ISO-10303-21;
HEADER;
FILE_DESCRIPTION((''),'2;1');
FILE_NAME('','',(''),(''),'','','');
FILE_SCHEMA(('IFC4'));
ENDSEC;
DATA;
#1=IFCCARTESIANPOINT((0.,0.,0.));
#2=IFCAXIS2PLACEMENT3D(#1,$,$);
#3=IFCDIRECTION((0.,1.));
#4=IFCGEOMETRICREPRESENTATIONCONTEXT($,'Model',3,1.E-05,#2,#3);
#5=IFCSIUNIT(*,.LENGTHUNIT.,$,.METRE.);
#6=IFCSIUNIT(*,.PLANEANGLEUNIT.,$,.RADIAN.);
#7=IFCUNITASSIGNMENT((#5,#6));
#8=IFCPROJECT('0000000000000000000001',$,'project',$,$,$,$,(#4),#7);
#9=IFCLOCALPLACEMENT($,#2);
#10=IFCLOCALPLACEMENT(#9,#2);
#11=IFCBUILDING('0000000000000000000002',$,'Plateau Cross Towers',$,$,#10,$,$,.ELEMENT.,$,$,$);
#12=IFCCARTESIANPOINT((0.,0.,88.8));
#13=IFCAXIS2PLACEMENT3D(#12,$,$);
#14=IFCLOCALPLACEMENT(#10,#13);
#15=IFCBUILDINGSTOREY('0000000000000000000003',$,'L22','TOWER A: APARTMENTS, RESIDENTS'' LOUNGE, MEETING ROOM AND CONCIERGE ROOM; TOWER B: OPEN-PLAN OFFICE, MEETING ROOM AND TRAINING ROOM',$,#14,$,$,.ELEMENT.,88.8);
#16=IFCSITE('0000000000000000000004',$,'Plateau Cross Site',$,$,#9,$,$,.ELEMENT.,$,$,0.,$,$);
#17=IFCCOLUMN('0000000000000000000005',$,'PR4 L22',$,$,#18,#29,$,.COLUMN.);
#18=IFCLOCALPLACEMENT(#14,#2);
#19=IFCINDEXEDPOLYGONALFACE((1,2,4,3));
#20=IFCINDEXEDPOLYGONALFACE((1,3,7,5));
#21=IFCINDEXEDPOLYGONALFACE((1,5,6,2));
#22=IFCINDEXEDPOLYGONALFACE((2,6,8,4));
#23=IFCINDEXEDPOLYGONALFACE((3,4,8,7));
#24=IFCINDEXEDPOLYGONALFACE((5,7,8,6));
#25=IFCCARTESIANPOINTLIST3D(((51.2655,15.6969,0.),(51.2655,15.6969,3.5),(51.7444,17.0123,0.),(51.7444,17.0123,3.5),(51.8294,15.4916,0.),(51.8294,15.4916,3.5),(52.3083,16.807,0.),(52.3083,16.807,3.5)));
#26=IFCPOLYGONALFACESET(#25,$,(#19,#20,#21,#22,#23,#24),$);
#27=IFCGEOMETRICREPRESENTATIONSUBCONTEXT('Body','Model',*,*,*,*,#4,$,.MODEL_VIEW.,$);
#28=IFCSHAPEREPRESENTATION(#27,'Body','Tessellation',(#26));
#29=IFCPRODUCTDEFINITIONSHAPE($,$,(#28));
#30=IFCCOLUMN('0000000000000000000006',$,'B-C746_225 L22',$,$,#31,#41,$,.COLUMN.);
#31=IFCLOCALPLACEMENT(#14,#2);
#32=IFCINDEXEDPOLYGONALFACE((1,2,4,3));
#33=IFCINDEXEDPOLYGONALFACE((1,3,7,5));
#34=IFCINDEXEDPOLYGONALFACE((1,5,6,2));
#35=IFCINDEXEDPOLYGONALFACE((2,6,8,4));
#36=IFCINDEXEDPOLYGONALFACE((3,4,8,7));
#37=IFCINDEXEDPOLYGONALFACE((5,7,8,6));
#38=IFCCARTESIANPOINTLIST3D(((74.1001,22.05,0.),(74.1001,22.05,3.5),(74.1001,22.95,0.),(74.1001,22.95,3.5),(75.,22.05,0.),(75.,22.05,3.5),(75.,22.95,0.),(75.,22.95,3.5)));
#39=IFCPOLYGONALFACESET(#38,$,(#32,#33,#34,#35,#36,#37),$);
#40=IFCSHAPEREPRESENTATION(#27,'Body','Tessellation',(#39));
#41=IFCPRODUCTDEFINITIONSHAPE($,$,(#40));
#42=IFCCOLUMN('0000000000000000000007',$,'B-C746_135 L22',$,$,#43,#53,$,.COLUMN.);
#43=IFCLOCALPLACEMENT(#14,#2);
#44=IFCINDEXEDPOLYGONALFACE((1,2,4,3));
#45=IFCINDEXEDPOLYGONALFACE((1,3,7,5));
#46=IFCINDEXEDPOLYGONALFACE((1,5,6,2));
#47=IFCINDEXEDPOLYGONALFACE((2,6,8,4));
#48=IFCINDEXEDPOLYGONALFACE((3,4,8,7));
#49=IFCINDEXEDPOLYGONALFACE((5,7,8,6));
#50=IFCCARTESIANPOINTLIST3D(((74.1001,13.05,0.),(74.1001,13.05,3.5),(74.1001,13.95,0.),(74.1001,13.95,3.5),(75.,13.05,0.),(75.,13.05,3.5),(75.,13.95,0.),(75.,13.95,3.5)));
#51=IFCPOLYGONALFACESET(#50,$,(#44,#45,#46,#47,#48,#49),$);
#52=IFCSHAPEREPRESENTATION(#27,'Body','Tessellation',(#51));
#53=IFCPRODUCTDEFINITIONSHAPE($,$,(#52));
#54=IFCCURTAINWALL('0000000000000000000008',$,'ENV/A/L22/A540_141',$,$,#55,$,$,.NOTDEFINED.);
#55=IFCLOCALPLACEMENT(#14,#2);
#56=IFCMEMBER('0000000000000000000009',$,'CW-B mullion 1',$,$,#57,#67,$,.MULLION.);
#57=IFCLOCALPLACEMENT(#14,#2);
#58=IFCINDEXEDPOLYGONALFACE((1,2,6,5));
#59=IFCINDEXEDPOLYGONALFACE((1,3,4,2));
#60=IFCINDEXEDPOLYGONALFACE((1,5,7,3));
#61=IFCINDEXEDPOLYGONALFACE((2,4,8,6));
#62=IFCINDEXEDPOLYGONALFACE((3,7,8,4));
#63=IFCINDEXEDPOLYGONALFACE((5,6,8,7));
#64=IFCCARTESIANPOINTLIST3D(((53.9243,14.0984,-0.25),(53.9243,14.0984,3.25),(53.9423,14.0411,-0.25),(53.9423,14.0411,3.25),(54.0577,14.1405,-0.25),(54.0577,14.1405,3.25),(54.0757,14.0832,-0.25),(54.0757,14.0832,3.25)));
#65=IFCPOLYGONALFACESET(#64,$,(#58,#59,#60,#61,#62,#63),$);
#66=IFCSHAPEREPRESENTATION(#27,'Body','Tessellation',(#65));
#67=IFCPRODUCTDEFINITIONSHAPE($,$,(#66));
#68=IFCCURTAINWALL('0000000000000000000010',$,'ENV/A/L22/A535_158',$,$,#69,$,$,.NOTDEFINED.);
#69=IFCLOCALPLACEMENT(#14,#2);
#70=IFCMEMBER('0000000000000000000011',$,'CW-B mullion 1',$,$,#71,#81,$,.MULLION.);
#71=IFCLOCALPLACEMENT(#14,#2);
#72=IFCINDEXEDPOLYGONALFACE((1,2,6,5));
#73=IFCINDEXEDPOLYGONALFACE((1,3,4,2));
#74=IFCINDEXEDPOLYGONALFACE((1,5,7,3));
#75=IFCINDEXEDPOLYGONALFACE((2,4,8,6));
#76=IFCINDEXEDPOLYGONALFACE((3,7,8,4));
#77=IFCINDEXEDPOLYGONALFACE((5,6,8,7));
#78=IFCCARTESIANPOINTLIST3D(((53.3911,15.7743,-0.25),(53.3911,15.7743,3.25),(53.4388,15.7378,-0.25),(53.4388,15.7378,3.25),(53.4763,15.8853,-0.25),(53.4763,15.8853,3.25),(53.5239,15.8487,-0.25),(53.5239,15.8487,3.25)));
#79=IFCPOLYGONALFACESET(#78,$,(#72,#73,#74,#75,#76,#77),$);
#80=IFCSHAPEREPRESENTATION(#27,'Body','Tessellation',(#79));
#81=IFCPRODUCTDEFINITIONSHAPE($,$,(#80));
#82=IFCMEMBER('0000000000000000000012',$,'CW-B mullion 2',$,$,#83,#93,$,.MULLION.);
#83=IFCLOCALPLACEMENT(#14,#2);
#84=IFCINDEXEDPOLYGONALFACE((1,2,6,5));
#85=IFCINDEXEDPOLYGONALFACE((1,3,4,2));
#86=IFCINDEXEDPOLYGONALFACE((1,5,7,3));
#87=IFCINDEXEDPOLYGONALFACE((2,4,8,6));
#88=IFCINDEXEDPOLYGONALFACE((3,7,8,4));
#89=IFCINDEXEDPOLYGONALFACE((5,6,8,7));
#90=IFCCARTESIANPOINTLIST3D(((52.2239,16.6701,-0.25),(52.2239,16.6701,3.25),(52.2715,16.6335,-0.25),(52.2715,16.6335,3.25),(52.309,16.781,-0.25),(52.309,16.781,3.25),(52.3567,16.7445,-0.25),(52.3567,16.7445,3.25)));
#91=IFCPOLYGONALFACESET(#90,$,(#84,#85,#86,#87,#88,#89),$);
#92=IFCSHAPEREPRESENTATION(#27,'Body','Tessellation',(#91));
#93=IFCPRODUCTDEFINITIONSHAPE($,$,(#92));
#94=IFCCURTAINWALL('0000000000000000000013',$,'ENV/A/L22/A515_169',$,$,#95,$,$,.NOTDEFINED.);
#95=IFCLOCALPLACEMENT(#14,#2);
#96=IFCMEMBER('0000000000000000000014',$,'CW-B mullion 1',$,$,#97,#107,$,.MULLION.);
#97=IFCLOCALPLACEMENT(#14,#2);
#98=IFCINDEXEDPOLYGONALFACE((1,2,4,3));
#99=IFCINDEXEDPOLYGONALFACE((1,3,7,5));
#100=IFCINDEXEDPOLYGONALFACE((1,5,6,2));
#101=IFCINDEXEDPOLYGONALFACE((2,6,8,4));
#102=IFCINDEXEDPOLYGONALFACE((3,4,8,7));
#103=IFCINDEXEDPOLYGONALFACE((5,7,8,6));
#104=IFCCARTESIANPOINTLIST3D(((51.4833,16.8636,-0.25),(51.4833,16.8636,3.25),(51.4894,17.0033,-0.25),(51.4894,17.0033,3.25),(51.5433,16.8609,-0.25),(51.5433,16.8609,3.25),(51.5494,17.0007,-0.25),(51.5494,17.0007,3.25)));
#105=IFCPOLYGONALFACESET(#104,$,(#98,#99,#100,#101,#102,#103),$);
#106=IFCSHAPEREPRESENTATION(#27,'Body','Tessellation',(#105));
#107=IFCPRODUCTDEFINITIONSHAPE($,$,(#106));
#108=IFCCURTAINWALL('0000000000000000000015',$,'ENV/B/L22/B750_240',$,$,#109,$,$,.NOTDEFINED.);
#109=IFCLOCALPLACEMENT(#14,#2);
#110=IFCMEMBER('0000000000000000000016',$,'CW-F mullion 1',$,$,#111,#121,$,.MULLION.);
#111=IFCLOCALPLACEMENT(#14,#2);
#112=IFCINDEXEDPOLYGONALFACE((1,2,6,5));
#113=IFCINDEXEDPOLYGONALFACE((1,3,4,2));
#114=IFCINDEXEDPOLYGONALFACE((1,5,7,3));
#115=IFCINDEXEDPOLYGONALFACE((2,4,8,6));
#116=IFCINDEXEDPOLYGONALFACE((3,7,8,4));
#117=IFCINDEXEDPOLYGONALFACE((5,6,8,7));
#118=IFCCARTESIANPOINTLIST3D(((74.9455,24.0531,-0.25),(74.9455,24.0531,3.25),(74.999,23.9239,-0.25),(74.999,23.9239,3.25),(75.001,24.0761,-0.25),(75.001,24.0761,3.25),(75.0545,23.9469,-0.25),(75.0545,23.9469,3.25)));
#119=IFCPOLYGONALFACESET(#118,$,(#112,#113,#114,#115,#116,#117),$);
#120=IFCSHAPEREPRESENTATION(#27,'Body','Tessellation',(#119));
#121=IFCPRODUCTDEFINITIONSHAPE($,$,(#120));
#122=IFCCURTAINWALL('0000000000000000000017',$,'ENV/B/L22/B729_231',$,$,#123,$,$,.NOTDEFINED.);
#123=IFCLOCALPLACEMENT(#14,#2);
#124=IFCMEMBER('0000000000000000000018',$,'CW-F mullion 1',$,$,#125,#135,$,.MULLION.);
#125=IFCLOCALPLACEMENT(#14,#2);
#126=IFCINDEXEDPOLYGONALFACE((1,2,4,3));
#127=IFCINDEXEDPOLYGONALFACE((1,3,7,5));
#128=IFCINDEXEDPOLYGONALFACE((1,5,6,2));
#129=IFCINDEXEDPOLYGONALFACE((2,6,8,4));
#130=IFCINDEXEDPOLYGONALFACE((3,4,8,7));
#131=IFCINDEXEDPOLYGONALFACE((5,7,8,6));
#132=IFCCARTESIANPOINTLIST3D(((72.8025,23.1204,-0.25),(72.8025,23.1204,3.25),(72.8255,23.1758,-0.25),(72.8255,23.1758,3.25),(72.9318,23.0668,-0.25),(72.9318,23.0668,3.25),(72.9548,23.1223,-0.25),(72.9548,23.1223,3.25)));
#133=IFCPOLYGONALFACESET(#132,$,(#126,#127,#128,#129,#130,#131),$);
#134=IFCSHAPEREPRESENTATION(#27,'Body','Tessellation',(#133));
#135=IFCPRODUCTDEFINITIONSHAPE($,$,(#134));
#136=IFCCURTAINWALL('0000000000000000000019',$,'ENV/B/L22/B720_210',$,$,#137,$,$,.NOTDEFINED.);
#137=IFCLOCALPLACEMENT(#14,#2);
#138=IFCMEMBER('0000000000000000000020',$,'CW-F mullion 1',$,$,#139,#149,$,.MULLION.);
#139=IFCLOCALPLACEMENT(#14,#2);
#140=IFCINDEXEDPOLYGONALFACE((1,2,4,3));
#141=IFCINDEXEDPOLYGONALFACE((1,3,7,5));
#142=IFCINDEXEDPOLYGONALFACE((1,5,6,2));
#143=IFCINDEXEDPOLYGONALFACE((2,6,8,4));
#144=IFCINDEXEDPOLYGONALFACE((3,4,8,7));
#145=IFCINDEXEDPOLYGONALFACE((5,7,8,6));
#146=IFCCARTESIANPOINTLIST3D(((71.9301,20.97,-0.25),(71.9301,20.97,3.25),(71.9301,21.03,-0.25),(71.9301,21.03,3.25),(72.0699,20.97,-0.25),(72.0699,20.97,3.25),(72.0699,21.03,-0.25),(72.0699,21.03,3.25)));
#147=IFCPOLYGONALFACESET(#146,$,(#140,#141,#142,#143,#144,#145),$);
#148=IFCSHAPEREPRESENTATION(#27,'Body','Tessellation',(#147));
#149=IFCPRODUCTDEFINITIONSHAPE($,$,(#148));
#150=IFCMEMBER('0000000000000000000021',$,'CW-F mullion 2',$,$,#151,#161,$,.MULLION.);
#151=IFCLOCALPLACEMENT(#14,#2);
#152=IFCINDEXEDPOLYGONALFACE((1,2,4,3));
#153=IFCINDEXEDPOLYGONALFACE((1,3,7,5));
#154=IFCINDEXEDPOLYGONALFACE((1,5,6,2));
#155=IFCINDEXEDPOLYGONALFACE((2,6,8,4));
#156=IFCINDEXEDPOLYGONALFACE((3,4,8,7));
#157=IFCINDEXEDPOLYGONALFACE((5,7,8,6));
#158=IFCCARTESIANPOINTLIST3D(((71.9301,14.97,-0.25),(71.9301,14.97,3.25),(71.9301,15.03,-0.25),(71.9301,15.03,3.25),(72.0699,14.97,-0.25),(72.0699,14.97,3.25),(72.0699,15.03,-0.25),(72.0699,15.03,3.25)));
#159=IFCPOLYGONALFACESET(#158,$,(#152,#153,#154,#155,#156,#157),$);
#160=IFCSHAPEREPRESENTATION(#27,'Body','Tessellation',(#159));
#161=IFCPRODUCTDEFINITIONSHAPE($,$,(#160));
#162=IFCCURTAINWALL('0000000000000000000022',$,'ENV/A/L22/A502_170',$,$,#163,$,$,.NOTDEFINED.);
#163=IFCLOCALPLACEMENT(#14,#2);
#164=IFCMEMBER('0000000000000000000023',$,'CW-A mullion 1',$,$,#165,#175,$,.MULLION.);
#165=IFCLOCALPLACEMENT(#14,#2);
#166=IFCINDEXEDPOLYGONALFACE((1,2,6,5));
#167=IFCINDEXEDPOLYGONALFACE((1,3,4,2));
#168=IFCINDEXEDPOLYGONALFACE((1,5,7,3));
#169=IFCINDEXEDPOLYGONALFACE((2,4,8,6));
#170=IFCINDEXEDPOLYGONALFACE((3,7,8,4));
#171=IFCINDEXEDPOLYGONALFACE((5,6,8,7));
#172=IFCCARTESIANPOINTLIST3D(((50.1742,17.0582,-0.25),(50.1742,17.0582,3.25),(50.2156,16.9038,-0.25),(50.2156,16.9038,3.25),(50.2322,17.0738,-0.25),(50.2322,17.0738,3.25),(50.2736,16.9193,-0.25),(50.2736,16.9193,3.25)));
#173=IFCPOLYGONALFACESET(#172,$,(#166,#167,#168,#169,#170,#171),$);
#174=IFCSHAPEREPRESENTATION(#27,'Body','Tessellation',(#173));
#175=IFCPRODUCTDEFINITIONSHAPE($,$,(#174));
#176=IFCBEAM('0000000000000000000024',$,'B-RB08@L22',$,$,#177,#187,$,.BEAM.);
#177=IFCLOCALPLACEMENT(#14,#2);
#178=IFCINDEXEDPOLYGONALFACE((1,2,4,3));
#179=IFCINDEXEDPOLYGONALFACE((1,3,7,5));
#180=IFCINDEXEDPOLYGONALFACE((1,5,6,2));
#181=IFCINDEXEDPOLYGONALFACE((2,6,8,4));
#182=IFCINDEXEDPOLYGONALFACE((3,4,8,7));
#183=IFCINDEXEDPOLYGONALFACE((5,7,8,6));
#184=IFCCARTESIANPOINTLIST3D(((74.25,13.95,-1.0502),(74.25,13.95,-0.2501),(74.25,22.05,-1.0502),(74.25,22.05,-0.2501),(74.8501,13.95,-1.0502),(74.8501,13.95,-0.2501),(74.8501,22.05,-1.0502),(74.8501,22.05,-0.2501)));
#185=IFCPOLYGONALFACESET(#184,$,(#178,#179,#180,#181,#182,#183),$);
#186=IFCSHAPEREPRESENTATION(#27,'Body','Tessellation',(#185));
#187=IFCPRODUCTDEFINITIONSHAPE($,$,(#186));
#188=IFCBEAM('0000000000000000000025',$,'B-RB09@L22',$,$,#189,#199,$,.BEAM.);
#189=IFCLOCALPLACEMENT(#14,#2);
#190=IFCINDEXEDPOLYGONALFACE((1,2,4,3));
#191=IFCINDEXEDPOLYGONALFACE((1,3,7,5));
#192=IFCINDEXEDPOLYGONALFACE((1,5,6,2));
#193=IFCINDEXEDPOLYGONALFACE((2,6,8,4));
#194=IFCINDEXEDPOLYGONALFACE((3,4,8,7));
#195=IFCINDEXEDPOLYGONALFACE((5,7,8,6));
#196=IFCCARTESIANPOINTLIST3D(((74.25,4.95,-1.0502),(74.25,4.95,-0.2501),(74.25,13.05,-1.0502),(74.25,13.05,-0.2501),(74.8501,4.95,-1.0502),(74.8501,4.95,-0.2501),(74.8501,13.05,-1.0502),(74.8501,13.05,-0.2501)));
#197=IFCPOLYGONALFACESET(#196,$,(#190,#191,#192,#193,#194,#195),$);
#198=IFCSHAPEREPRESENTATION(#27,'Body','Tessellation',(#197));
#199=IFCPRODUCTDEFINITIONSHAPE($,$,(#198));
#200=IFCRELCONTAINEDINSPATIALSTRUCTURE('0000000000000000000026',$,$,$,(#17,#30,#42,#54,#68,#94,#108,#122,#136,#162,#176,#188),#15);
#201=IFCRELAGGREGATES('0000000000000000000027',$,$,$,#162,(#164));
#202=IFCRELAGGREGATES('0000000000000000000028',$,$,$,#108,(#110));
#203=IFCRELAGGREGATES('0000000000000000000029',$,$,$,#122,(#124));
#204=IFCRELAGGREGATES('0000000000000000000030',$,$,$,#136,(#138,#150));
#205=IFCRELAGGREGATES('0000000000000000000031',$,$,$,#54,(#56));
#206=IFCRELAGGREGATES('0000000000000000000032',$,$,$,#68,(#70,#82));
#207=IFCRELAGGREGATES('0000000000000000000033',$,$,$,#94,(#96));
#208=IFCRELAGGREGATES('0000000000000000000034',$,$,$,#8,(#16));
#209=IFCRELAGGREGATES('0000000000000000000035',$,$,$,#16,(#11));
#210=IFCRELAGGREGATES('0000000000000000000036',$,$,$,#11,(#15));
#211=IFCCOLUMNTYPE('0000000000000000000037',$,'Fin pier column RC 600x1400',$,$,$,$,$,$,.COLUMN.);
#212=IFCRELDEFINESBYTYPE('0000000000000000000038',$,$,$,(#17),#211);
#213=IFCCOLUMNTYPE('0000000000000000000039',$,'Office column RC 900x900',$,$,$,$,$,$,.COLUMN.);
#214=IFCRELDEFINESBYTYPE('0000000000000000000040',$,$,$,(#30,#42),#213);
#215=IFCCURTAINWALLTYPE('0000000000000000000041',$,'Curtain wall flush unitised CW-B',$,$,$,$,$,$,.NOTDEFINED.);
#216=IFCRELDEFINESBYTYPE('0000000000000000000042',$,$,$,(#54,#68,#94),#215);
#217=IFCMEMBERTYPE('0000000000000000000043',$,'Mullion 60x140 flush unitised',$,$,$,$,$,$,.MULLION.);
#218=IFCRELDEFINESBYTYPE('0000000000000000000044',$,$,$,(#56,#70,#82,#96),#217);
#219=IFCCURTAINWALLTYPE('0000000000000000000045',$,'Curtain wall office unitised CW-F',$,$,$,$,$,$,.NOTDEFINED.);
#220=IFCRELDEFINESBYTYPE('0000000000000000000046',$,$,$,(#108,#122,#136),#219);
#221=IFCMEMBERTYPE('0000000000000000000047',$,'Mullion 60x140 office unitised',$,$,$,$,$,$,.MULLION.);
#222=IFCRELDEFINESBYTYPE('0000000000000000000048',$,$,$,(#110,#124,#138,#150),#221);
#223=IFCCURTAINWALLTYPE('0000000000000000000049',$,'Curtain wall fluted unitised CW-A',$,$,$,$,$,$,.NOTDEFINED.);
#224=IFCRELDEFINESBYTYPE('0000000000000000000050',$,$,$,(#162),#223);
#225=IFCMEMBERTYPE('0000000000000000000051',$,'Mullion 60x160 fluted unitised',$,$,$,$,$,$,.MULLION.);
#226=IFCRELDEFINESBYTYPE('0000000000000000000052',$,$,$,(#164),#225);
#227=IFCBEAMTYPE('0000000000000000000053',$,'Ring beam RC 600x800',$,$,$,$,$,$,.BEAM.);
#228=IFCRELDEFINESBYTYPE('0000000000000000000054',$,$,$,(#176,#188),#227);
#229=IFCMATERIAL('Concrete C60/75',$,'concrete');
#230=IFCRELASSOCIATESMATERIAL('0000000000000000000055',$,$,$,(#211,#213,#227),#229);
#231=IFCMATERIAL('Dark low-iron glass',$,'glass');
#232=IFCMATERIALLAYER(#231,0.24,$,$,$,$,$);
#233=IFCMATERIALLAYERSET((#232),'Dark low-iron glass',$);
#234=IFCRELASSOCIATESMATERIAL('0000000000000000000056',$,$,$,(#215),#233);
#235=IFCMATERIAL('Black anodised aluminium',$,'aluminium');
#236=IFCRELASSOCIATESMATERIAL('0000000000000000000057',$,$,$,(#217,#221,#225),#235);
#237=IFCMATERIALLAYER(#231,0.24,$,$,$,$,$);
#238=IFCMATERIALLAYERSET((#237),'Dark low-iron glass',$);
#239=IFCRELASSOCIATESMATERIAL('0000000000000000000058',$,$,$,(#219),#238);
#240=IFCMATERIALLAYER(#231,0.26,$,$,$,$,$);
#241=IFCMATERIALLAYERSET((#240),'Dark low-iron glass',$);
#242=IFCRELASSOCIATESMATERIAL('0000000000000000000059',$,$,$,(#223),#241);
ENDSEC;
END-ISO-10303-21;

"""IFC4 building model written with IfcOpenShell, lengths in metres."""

from ifc_helpers import new_model, si_unit, direction, frame, origin, origin_2d, place, context, subcontext, project, spatial, rectangle, extrude, material, layer, layer_set, material_profile, profile_set, type_object, element, aggregate, save


model = new_model("IFC4")

# Units and contexts
model_context = context("Model", 3, precision=1e-05, world=origin(), true_north=direction((0.0, 1.0)))
body_context = subcontext(model_context, "Body", "Model", "MODEL_VIEW")
ifc_project = project(units=[si_unit("LENGTHUNIT", "METRE"), si_unit("PLANEANGLEUNIT", "RADIAN")], contexts=[model_context])

# Site, building, storey
site_placement = place(None, origin())
site = spatial("IfcSite", under=ifc_project, at=site_placement, Name="Plateau Cross Site", CompositionType="ELEMENT", RefElevation=0.0)
building_placement = place(site_placement, origin())
building = spatial("IfcBuilding", under=site, at=building_placement, Name="Plateau Cross Towers", CompositionType="ELEMENT")
storey_placement = place(building_placement, frame((0.0, 0.0, 88.8)))
storey = spatial("IfcBuildingStorey", under=building, at=storey_placement, Name="L22", Description="TOWER A: APARTMENTS, RESIDENTS' LOUNGE, MEETING ROOM AND CONCIERGE ROOM; TOWER B: OPEN-PLAN OFFICE, MEETING ROOM AND TRAINING ROOM", CompositionType="ELEMENT", Elevation=88.8)

# Columns
ifc_material_1 = material(Name="Concrete C60/75", Category="concrete")
ifc_material_profile_1 = material_profile(ifc_material_1, rectangle(XDim=0.6001, YDim=1.3999, at=origin_2d()), Name="RC 600x1400")
ifc_profile_set_1 = profile_set([ifc_material_profile_1], Name="Concrete C60/75")
column_type_1 = type_object("IfcColumnType", Name="Fin pier column RC 600x1400", PredefinedType="COLUMN", material=ifc_profile_set_1)
column_placement = place(storey_placement, frame((51.7869, 16.252, 0.0), z_axis=(0.0, 0.0, 1.0), x_axis=(-0.939664, 0.342098, 0.0)))
element("IfcColumn", 1, at=column_placement, inside=storey, type_object=column_type_1, Name="PR4 L22", PredefinedType="COLUMN", context=body_context, shape_type="SweptSolid", body=[
    extrude(rectangle(XDim=0.6001, YDim=1.3999, at=origin_2d()), origin(), (0.0, 0.0, 1.0), 3.5),
])
ifc_material_profile_2 = material_profile(ifc_material_1, rectangle(XDim=0.8999, YDim=0.8999, at=origin_2d()), Name="RC 900x900")
ifc_profile_set_2 = profile_set([ifc_material_profile_2], Name="Concrete C60/75")
column_type_2 = type_object("IfcColumnType", Name="Office column RC 900x900", PredefinedType="COLUMN", material=ifc_profile_set_2)
for number, where, z_axis, x_axis, name in (
    (2, (74.55, 22.5, 0.0), (0.0, 0.0, 1.0), (1.0, 0.0, 0.0), "B-C746_225 L22"),
    (3, (74.55, 13.5, 0.0), (0.0, 0.0, 1.0), (1.0, 0.0, 0.0), "B-C746_135 L22"),
):
    element("IfcColumn", number, at=place(storey_placement, frame(where, z_axis=z_axis, x_axis=x_axis)), inside=storey, type_object=column_type_2, Name=name, PredefinedType="COLUMN", context=body_context, shape_type="SweptSolid", body=[
        extrude(rectangle(XDim=0.8999, YDim=0.8999, at=origin_2d()), origin(), (0.0, 0.0, 1.0), 3.5),
    ])

# Curtain wall, member
ifc_material_2 = material(Name="Dark low-iron glass", Category="glass")
ifc_layer_1 = layer(ifc_material_2, 0.24)
ifc_layer_set_1 = layer_set([ifc_layer_1], Name="Dark low-iron glass")
curtain_wall_type_1 = type_object("IfcCurtainWallType", Name="Curtain wall flush unitised CW-B", PredefinedType="NOTDEFINED", material=ifc_layer_set_1)
curtain_wall_1_placement = place(storey_placement, origin())
curtain_wall_1 = element("IfcCurtainWall", 4, at=curtain_wall_1_placement, inside=storey, type_object=curtain_wall_type_1, Name="ENV/A/L22/A540_141", PredefinedType="NOTDEFINED")
ifc_material_3 = material(Name="Black anodised aluminium", Category="aluminium")
ifc_material_profile_3 = material_profile(ifc_material_3, rectangle(XDim=0.0601, YDim=0.1399, at=origin_2d()), Name="MULLION 60x140")
ifc_profile_set_3 = profile_set([ifc_material_profile_3], Name="Black anodised aluminium")
member_type_1 = type_object("IfcMemberType", Name="Mullion 60x140 flush unitised", PredefinedType="MULLION", material=ifc_profile_set_3)
member_1_placement = place(storey_placement, frame((54.0, 14.0908, -0.25), z_axis=(0.0, 0.0, 1.0), x_axis=(-0.300686, 0.953723, 0.0)))
member_1 = element("IfcMember", 5, at=member_1_placement, type_object=member_type_1, Name="CW-B mullion 1", PredefinedType="MULLION", context=body_context, shape_type="SweptSolid", body=[
    extrude(rectangle(XDim=0.0601, YDim=0.1399, at=origin_2d()), origin(), (0.0, 0.0, 1.0), 3.5),
])

# Curtain wall, members
curtain_wall_2_placement = place(storey_placement, origin())
curtain_wall_2 = element("IfcCurtainWall", 6, at=curtain_wall_2_placement, inside=storey, type_object=curtain_wall_type_1, Name="ENV/A/L22/A535_158", PredefinedType="NOTDEFINED")
member_2_placement = place(storey_placement, frame((53.4575, 15.8115, -0.25), z_axis=(0.0, 0.0, 1.0), x_axis=(-0.793316, 0.608811, 0.0)))
member_2 = element("IfcMember", 7, at=member_2_placement, type_object=member_type_1, Name="CW-B mullion 1", PredefinedType="MULLION", context=body_context, shape_type="SweptSolid", body=[
    extrude(rectangle(XDim=0.0601, YDim=0.1399, at=origin_2d()), origin(), (0.0, 0.0, 1.0), 3.5),
])
member_3_placement = place(storey_placement, frame((52.2903, 16.7073, -0.25), z_axis=(0.0, 0.0, 1.0), x_axis=(-0.793316, 0.608811, 0.0)))
member_3 = element("IfcMember", 8, at=member_3_placement, type_object=member_type_1, Name="CW-B mullion 2", PredefinedType="MULLION", context=body_context, shape_type="SweptSolid", body=[
    extrude(rectangle(XDim=0.0601, YDim=0.1399, at=origin_2d()), origin(), (0.0, 0.0, 1.0), 3.5),
])

# Curtain walls, members
curtain_wall_3_placement = place(storey_placement, origin())
curtain_wall_3 = element("IfcCurtainWall", 9, at=curtain_wall_3_placement, inside=storey, type_object=curtain_wall_type_1, Name="ENV/A/L22/A515_169", PredefinedType="NOTDEFINED")
member_4_placement = place(storey_placement, frame((51.5164, 16.9321, -0.25), z_axis=(0.0, 0.0, 1.0), x_axis=(-0.999044, 0.043723, 0.0)))
member_4 = element("IfcMember", 10, at=member_4_placement, type_object=member_type_1, Name="CW-B mullion 1", PredefinedType="MULLION", context=body_context, shape_type="SweptSolid", body=[
    extrude(rectangle(XDim=0.0601, YDim=0.1399, at=origin_2d()), origin(), (0.0, 0.0, 1.0), 3.5),
])
ifc_layer_2 = layer(ifc_material_2, 0.24)
ifc_layer_set_2 = layer_set([ifc_layer_2], Name="Dark low-iron glass")
curtain_wall_type_2 = type_object("IfcCurtainWallType", Name="Curtain wall office unitised CW-F", PredefinedType="NOTDEFINED", material=ifc_layer_set_2)
curtain_wall_4_placement = place(storey_placement, origin())
curtain_wall_4 = element("IfcCurtainWall", 11, at=curtain_wall_4_placement, inside=storey, type_object=curtain_wall_type_2, Name="ENV/B/L22/B750_240", PredefinedType="NOTDEFINED")
ifc_material_profile_4 = material_profile(ifc_material_3, rectangle(XDim=0.0601, YDim=0.1399, at=origin_2d()), Name="MULLION 60x140")
ifc_profile_set_4 = profile_set([ifc_material_profile_4], Name="Black anodised aluminium")
member_type_2 = type_object("IfcMemberType", Name="Mullion 60x140 office unitised", PredefinedType="MULLION", material=ifc_profile_set_4)
member_5_placement = place(storey_placement, frame((75.0, 24.0, -0.25), z_axis=(0.0, 0.0, 1.0), x_axis=(-0.923879, -0.382684, 0.0)))
member_5 = element("IfcMember", 12, at=member_5_placement, type_object=member_type_2, Name="CW-F mullion 1", PredefinedType="MULLION", context=body_context, shape_type="SweptSolid", body=[
    extrude(rectangle(XDim=0.0601, YDim=0.1399, at=origin_2d()), origin(), (0.0, 0.0, 1.0), 3.5),
])
curtain_wall_5_placement = place(storey_placement, origin())
curtain_wall_5 = element("IfcCurtainWall", 13, at=curtain_wall_5_placement, inside=storey, type_object=curtain_wall_type_2, Name="ENV/B/L22/B729_231", PredefinedType="NOTDEFINED")
member_6_placement = place(storey_placement, frame((72.8787, 23.1213, -0.25), z_axis=(0.0, 0.0, 1.0), x_axis=(-0.382684, -0.923879, 0.0)))
member_6 = element("IfcMember", 14, at=member_6_placement, type_object=member_type_2, Name="CW-F mullion 1", PredefinedType="MULLION", context=body_context, shape_type="SweptSolid", body=[
    extrude(rectangle(XDim=0.0601, YDim=0.1399, at=origin_2d()), origin(), (0.0, 0.0, 1.0), 3.5),
])

# Curtain wall, members
curtain_wall_6_placement = place(storey_placement, origin())
curtain_wall_6 = element("IfcCurtainWall", 15, at=curtain_wall_6_placement, inside=storey, type_object=curtain_wall_type_2, Name="ENV/B/L22/B720_210", PredefinedType="NOTDEFINED")
member_7_placement = place(storey_placement, frame((72.0, 21.0, -0.25), z_axis=(0.0, 0.0, 1.0), x_axis=(0.0, -1.0, 0.0)))
member_7 = element("IfcMember", 16, at=member_7_placement, type_object=member_type_2, Name="CW-F mullion 1", PredefinedType="MULLION", context=body_context, shape_type="SweptSolid", body=[
    extrude(rectangle(XDim=0.0601, YDim=0.1399, at=origin_2d()), origin(), (0.0, 0.0, 1.0), 3.5),
])
member_8_placement = place(storey_placement, frame((72.0, 15.0, -0.25), z_axis=(0.0, 0.0, 1.0), x_axis=(0.0, -1.0, 0.0)))
member_8 = element("IfcMember", 17, at=member_8_placement, type_object=member_type_2, Name="CW-F mullion 2", PredefinedType="MULLION", context=body_context, shape_type="SweptSolid", body=[
    extrude(rectangle(XDim=0.0601, YDim=0.1399, at=origin_2d()), origin(), (0.0, 0.0, 1.0), 3.5),
])

# Curtain wall, member
ifc_layer_3 = layer(ifc_material_2, 0.26)
ifc_layer_set_3 = layer_set([ifc_layer_3], Name="Dark low-iron glass")
curtain_wall_type_3 = type_object("IfcCurtainWallType", Name="Curtain wall fluted unitised CW-A", PredefinedType="NOTDEFINED", material=ifc_layer_set_3)
curtain_wall_7_placement = place(storey_placement, origin())
curtain_wall_7 = element("IfcCurtainWall", 18, at=curtain_wall_7_placement, inside=storey, type_object=curtain_wall_type_3, Name="ENV/A/L22/A502_170", PredefinedType="NOTDEFINED")
ifc_material_profile_5 = material_profile(ifc_material_3, rectangle(XDim=0.0601, YDim=0.1599, at=origin_2d()), Name="MULLION 60x160")
ifc_profile_set_5 = profile_set([ifc_material_profile_5], Name="Black anodised aluminium")
member_type_3 = type_object("IfcMemberType", Name="Mullion 60x160 fluted unitised", PredefinedType="MULLION", material=ifc_profile_set_5)
member_9_placement = place(storey_placement, frame((50.2239, 16.9888, -0.25), z_axis=(0.0, 0.0, 1.0), x_axis=(-0.965958, -0.258699, 0.0)))
member_9 = element("IfcMember", 19, at=member_9_placement, type_object=member_type_3, Name="CW-A mullion 1", PredefinedType="MULLION", context=body_context, shape_type="SweptSolid", body=[
    extrude(rectangle(XDim=0.0601, YDim=0.1599, at=origin_2d()), origin(), (0.0, 0.0, 1.0), 3.5),
])

# Beams
ifc_material_profile_6 = material_profile(ifc_material_1, rectangle(XDim=0.6001, YDim=0.8, at=origin_2d()), Name="RC 600x800")
ifc_profile_set_6 = profile_set([ifc_material_profile_6], Name="Concrete C60/75")
beam_type = type_object("IfcBeamType", Name="Ring beam RC 600x800", PredefinedType="BEAM", material=ifc_profile_set_6)
for number, where, z_axis, x_axis, name in (
    (20, (74.55, 22.05, -0.6501), (0.0, -1.0, 0.0), (1.0, 0.0, 0.0), "B-RB08@L22"),
    (21, (74.55, 13.05, -0.6501), (0.0, -1.0, 0.0), (1.0, 0.0, 0.0), "B-RB09@L22"),
):
    element("IfcBeam", number, at=place(storey_placement, frame(where, z_axis=z_axis, x_axis=x_axis)), inside=storey, type_object=beam_type, Name=name, PredefinedType="BEAM", context=body_context, shape_type="SweptSolid", body=[
        extrude(rectangle(XDim=0.6001, YDim=0.8, at=origin_2d()), origin(), (0.0, 0.0, 1.0), 8.1001),
    ])

aggregate(curtain_wall_7, [member_9])

aggregate(curtain_wall_4, [member_5])
aggregate(curtain_wall_5, [member_6])
aggregate(curtain_wall_6, [member_7, member_8])

aggregate(curtain_wall_1, [member_1])
aggregate(curtain_wall_2, [member_2, member_3])
aggregate(curtain_wall_3, [member_4])

save(model, "model.ifc")
